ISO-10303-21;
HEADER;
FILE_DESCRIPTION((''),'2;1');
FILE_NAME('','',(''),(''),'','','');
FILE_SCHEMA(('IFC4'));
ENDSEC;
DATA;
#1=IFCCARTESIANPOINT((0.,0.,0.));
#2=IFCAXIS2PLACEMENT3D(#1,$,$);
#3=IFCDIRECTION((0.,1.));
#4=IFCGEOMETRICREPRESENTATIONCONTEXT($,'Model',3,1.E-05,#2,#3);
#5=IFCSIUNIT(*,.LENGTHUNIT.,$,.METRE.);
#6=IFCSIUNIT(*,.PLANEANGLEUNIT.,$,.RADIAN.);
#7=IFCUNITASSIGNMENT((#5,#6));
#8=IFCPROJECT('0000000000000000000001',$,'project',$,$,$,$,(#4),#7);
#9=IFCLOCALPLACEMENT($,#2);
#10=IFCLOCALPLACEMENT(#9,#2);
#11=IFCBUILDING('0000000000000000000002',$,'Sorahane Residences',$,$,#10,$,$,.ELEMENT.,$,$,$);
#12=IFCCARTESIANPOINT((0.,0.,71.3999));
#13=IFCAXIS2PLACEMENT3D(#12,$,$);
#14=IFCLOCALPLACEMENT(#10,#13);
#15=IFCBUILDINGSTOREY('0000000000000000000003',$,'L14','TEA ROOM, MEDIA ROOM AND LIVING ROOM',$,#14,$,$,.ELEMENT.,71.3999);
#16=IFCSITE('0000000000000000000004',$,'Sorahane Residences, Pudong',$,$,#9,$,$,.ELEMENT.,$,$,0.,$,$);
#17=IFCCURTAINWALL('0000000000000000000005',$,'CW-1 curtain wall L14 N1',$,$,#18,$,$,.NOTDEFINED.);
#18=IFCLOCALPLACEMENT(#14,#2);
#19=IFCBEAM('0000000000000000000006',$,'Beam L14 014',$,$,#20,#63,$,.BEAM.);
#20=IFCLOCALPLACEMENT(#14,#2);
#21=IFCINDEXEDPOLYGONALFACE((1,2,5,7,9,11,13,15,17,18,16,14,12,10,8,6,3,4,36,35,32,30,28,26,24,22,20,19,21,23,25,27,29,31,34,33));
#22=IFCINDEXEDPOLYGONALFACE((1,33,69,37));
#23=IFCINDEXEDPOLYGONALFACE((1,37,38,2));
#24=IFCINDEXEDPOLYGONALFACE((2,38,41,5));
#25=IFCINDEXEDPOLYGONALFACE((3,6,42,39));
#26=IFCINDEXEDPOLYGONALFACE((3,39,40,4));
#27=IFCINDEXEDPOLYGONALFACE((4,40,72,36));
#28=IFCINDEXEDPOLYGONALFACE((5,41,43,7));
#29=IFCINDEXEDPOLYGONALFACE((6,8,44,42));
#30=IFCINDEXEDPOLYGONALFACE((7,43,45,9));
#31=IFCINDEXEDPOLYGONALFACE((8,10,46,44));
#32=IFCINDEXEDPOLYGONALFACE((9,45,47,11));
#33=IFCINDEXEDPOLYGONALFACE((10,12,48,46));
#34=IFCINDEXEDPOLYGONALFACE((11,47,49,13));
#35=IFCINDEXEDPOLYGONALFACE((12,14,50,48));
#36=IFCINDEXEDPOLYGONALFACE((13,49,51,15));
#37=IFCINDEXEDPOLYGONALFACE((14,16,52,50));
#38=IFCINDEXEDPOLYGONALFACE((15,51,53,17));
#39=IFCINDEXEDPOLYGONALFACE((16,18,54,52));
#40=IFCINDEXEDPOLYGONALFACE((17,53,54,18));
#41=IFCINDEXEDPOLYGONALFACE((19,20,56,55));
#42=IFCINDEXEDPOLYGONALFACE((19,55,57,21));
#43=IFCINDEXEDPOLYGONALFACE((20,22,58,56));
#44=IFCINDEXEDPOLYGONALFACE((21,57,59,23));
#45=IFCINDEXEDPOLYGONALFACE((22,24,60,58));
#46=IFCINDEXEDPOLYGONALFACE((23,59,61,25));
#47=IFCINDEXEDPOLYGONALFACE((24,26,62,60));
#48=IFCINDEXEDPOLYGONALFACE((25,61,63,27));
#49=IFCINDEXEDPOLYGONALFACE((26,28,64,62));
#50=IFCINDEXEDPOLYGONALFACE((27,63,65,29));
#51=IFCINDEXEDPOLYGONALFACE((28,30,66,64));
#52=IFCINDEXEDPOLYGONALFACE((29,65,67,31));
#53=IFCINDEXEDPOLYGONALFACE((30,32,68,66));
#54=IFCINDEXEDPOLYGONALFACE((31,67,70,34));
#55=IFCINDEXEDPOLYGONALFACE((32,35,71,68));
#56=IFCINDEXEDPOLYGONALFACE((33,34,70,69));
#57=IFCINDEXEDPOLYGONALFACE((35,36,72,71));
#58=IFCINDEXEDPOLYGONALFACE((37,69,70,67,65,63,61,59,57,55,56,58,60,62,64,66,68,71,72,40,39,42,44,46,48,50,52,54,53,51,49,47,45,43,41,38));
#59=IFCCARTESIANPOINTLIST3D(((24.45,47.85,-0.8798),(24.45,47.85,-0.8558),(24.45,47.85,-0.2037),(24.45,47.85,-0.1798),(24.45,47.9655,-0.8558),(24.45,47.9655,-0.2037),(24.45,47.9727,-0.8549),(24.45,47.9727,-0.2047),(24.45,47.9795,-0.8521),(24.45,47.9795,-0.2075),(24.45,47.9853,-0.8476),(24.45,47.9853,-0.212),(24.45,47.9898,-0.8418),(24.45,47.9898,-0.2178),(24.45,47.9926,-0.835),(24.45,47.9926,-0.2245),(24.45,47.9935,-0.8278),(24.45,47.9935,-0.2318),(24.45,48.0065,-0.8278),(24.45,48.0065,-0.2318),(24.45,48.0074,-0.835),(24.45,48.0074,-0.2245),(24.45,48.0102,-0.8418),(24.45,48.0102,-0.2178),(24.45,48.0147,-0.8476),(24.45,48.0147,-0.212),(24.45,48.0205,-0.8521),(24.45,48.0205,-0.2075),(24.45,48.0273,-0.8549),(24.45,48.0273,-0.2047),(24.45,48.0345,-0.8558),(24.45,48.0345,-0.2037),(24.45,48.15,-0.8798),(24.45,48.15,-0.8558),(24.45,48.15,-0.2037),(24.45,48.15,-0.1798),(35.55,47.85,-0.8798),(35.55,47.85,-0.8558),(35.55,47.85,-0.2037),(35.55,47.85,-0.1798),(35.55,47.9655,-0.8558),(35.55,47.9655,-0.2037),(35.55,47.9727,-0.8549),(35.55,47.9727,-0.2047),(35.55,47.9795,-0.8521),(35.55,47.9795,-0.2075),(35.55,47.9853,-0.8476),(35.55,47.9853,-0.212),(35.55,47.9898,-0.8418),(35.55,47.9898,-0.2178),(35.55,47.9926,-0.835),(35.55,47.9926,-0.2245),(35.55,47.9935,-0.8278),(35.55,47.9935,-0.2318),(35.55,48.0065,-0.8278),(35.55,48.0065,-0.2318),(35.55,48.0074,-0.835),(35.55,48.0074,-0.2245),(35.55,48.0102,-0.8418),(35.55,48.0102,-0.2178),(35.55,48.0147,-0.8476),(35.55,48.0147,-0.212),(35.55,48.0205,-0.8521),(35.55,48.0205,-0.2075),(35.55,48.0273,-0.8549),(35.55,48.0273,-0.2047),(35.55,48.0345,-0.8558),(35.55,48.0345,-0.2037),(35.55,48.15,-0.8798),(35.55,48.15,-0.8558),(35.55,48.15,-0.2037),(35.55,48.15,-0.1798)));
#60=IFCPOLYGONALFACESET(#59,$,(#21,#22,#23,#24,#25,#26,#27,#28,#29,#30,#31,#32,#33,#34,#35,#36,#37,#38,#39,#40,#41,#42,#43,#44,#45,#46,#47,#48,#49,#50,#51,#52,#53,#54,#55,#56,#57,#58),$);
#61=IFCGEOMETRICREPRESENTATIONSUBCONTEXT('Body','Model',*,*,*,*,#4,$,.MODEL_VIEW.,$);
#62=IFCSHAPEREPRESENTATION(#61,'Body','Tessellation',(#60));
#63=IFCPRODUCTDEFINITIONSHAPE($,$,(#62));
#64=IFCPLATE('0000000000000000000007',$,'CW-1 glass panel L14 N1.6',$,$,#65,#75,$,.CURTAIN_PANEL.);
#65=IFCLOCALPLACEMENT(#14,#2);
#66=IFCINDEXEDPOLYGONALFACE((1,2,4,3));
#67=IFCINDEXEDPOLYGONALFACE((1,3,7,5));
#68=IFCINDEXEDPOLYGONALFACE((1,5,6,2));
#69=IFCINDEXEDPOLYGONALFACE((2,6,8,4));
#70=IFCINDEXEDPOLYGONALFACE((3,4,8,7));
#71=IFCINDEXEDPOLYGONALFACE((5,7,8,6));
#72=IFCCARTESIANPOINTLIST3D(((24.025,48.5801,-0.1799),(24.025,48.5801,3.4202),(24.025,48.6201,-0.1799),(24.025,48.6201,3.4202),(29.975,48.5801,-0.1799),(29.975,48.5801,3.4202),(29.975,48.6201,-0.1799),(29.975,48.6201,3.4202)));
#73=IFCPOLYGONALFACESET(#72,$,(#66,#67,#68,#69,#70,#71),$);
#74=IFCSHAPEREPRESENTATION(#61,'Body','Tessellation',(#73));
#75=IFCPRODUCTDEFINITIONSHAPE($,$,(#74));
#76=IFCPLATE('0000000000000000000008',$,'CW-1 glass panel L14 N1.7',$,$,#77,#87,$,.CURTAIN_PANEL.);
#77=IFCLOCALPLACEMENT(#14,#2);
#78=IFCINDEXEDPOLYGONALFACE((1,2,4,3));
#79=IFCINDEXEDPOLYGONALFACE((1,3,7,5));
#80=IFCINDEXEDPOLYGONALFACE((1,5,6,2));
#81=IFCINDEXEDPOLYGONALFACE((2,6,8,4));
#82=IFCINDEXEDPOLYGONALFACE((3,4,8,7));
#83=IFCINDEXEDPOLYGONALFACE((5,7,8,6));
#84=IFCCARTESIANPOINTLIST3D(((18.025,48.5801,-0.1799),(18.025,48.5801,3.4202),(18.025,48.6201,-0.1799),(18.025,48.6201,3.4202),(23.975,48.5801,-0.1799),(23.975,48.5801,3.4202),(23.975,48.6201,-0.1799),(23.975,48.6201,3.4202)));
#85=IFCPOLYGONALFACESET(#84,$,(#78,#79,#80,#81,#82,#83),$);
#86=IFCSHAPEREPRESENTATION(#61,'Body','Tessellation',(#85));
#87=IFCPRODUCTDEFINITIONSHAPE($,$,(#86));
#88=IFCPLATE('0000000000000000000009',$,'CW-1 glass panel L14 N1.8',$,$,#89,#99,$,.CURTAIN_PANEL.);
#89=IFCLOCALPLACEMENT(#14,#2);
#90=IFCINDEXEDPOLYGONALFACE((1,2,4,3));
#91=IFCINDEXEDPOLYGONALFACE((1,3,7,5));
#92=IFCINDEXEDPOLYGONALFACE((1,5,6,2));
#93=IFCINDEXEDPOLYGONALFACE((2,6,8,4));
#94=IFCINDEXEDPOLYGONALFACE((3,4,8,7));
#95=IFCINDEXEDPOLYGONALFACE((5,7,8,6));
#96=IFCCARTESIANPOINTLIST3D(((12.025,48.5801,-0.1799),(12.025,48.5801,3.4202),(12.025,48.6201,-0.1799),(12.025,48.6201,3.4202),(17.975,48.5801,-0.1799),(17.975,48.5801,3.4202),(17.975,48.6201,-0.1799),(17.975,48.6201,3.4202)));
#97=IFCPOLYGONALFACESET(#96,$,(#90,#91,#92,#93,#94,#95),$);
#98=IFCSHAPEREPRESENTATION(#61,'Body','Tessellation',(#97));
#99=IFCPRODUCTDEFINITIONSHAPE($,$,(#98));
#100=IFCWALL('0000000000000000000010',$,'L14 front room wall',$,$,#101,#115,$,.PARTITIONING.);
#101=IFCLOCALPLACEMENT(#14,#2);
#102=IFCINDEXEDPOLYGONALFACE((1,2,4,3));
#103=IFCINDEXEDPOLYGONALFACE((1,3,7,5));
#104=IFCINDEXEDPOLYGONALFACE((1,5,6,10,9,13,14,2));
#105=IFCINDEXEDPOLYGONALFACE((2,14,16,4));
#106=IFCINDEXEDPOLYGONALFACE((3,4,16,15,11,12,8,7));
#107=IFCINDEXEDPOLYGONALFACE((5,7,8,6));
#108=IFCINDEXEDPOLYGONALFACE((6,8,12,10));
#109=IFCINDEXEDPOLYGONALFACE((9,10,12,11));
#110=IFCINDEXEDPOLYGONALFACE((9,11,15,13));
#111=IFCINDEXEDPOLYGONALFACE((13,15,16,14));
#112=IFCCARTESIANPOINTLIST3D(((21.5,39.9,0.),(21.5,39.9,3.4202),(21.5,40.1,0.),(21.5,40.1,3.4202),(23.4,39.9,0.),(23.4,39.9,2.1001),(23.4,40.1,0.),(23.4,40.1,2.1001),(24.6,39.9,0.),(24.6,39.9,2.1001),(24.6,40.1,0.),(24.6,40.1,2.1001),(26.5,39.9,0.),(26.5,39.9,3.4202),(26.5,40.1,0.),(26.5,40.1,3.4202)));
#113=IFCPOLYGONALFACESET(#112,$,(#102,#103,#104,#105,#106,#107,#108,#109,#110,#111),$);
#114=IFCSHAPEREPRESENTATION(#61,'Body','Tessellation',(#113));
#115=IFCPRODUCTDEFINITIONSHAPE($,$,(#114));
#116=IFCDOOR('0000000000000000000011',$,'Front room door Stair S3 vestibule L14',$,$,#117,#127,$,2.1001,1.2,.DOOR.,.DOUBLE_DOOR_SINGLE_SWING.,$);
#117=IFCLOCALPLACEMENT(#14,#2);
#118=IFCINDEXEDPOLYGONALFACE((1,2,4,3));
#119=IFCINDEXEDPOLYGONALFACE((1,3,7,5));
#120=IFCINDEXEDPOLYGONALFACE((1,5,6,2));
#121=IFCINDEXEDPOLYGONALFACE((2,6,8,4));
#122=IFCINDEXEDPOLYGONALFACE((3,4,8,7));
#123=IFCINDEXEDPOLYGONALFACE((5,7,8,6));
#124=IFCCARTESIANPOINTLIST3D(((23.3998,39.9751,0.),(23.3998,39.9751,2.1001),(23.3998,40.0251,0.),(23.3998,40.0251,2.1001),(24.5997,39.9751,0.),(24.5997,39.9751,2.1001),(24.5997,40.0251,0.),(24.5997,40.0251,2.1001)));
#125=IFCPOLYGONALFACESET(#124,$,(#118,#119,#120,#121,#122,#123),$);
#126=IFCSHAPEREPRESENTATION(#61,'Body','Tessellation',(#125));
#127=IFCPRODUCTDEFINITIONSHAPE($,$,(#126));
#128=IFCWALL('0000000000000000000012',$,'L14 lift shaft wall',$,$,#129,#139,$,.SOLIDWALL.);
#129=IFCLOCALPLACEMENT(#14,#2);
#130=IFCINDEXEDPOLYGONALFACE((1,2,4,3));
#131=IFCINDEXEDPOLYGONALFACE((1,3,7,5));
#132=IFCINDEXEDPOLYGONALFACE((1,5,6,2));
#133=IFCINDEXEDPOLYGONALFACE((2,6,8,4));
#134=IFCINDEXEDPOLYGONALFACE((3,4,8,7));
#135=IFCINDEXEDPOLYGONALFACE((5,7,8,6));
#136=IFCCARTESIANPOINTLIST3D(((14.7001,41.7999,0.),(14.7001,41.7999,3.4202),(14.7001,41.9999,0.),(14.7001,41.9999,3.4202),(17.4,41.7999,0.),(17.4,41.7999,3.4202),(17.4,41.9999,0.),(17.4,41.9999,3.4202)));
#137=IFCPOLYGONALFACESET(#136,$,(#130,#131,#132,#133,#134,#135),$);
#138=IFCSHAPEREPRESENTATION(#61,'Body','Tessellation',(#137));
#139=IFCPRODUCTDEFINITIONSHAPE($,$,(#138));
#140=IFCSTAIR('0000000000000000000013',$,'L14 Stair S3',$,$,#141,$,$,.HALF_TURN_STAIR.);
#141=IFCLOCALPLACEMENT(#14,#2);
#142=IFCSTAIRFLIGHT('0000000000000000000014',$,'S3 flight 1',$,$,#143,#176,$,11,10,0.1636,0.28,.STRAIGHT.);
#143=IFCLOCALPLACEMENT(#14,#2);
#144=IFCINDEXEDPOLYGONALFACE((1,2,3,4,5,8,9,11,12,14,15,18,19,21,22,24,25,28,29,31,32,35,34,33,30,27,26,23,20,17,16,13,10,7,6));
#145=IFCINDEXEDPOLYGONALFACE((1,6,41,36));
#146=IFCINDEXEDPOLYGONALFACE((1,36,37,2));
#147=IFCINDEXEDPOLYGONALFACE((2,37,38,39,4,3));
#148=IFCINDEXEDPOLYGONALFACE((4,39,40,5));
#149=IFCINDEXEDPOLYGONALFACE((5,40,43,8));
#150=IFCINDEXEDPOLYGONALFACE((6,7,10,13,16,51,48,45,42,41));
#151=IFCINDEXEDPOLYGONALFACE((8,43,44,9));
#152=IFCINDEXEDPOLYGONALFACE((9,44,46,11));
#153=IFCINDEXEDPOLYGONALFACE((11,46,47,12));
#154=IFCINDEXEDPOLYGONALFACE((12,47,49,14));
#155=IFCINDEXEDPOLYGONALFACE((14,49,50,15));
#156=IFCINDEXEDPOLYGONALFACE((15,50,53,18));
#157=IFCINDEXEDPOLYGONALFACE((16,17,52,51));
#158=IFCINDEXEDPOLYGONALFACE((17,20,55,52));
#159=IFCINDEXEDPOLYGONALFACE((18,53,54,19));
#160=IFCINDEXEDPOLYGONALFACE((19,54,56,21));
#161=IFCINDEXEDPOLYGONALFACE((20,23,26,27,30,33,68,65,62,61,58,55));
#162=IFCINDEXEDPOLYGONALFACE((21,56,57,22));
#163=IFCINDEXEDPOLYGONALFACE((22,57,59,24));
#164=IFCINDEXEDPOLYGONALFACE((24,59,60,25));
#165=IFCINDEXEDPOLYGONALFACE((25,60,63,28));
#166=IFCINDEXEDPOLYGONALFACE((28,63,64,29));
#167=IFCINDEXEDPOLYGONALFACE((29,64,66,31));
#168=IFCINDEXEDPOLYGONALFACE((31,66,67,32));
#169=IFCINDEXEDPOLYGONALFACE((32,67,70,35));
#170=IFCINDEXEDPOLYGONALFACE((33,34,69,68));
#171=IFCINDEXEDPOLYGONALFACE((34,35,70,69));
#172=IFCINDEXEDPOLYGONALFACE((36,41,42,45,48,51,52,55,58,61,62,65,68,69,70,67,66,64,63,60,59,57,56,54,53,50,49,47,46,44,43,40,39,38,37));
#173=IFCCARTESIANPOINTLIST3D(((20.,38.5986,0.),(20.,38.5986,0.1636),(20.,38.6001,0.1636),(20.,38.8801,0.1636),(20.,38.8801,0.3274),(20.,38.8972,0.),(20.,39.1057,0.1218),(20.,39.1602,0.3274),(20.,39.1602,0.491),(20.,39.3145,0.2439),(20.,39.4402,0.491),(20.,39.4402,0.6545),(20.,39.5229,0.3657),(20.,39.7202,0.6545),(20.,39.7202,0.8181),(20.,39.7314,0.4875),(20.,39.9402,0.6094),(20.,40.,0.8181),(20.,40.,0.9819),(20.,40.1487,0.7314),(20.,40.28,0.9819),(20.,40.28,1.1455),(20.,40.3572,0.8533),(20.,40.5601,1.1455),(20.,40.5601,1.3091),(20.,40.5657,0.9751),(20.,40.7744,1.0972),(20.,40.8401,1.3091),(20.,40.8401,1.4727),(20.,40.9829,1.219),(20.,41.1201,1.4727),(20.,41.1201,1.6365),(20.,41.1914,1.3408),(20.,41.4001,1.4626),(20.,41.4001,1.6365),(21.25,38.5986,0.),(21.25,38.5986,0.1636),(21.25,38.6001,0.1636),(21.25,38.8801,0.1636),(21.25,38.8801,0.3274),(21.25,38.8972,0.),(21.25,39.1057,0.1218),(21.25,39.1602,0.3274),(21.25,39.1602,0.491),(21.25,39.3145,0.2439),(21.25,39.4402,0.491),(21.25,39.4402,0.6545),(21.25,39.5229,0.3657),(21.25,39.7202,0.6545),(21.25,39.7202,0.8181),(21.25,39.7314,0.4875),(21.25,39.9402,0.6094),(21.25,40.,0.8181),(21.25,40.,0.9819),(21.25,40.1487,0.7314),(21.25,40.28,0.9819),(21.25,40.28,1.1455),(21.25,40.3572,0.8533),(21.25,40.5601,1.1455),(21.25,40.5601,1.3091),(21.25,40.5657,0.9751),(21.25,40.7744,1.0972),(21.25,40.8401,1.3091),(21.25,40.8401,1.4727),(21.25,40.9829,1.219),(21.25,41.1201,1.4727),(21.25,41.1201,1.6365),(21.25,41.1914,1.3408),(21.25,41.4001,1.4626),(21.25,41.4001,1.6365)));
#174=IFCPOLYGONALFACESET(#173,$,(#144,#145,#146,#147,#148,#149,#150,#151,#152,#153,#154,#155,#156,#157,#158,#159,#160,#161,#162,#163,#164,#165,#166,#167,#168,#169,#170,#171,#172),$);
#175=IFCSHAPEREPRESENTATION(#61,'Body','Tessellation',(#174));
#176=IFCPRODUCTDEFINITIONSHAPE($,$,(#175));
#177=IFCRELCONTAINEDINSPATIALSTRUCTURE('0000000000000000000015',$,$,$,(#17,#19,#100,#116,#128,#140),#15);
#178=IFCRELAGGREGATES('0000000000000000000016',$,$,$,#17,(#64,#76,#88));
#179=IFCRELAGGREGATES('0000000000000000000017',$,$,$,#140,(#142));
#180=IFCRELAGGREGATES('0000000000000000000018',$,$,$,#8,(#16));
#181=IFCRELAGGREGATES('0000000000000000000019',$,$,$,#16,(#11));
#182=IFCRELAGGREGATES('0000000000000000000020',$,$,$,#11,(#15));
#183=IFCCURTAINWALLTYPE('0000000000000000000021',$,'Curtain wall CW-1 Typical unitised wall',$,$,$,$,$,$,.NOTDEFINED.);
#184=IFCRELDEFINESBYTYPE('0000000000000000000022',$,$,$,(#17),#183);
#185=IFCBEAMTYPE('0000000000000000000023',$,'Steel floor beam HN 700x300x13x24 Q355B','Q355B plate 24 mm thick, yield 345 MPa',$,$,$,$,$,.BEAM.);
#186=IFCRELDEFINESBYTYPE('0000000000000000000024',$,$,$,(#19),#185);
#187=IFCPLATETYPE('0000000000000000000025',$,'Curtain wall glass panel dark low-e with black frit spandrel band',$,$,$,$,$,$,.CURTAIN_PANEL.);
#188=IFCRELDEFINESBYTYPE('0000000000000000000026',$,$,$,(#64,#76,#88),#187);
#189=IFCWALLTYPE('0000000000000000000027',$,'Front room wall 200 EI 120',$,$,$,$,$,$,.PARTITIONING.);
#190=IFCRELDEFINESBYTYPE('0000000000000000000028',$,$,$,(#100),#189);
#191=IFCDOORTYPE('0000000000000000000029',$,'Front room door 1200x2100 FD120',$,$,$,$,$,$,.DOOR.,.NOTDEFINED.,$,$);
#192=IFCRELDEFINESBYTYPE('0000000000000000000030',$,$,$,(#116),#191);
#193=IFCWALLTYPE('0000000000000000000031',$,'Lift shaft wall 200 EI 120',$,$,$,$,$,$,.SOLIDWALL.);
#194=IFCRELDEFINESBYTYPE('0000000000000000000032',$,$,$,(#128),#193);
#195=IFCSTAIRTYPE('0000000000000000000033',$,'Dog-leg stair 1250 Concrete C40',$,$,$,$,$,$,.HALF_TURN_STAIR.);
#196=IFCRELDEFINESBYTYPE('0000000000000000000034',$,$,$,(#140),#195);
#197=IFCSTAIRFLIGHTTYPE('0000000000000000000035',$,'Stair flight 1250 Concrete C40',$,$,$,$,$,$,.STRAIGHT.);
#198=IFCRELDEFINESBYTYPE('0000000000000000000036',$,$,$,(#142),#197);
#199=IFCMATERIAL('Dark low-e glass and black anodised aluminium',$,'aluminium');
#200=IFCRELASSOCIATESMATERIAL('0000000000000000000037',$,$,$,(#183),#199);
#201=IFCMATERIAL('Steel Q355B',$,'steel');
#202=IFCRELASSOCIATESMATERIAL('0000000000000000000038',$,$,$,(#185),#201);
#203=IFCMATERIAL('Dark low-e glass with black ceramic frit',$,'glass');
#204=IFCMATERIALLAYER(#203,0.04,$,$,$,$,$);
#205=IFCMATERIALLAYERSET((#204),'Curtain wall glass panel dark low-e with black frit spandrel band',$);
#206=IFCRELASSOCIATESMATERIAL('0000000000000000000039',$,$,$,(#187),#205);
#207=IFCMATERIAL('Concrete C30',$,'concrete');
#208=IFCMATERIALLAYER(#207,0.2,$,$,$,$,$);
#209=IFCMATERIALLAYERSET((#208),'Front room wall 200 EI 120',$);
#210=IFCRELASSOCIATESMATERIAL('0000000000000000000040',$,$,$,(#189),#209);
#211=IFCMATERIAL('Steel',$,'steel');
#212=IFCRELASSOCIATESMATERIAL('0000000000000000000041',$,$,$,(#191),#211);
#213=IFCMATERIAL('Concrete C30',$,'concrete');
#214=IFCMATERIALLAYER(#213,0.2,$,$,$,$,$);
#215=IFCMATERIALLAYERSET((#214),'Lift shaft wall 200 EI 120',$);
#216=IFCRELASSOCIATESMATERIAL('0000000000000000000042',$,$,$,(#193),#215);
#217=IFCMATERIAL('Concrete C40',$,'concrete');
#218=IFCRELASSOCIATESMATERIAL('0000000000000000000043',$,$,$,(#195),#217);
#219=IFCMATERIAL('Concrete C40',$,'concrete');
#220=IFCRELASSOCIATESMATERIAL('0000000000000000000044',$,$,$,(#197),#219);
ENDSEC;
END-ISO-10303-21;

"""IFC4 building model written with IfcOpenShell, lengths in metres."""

from ifc_helpers import new_model, si_unit, direction, frame, frame_2d, origin, origin_2d, place, context, subcontext, project, spatial, polyline, rectangle, i_section, outline, extrude, material, layer, layer_set, material_profile, profile_set, type_object, element, fill, aggregate, save


model = new_model("IFC4")

# Units and contexts
model_context = context("Model", 3, precision=1e-05, world=origin(), true_north=direction((0.0, 1.0)))
body_context = subcontext(model_context, "Body", "Model", "MODEL_VIEW")
ifc_project = project(units=[si_unit("LENGTHUNIT", "METRE"), si_unit("PLANEANGLEUNIT", "RADIAN")], contexts=[model_context])

# Site, building, storey
site_placement = place(None, origin())
site = spatial("IfcSite", under=ifc_project, at=site_placement, Name="Sorahane Residences, Pudong", CompositionType="ELEMENT", RefElevation=0.0)
building_placement = place(site_placement, origin())
building = spatial("IfcBuilding", under=site, at=building_placement, Name="Sorahane Residences", CompositionType="ELEMENT")
storey_placement = place(building_placement, frame((0.0, 0.0, 71.3999)))
storey = spatial("IfcBuildingStorey", under=building, at=storey_placement, Name="L14", Description="TEA ROOM, MEDIA ROOM AND LIVING ROOM", CompositionType="ELEMENT", Elevation=71.3999)

# Curtain wall
ifc_material_1 = material(Name="Dark low-e glass and black anodised aluminium", Category="aluminium")
curtain_wall_type = type_object("IfcCurtainWallType", Name="Curtain wall CW-1 Typical unitised wall", PredefinedType="NOTDEFINED", material=ifc_material_1)
curtain_wall_placement = place(storey_placement, origin())
curtain_wall = element("IfcCurtainWall", 1, at=curtain_wall_placement, inside=storey, type_object=curtain_wall_type, Name="CW-1 curtain wall L14 N1", PredefinedType="NOTDEFINED")

# Beam
ifc_material_2 = material(Name="Steel Q355B", Category="steel")
ifc_material_profile_1 = material_profile(ifc_material_2, i_section(OverallWidth=0.3, OverallDepth=0.7, WebThickness=0.0129, FlangeThickness=0.0239, FilletRadius=0.0281, at=origin_2d()), Name="HN 700x300x13x24")
ifc_profile_set_1 = profile_set([ifc_material_profile_1], Name="Steel Q355B")
beam_type_1 = type_object("IfcBeamType", Name="Steel floor beam HN 700x300x13x24 Q355B", Description="Q355B plate 24 mm thick, yield 345 MPa", PredefinedType="BEAM", material=ifc_profile_set_1)
beam_1_placement = place(storey_placement, frame((24.45, 48.0, -0.5298), z_axis=(1.0, 0.0, 0.0), x_axis=(0.0, 1.0, 0.0)))
element("IfcBeam", 2, at=beam_1_placement, inside=storey, type_object=beam_type_1, Name="Beam L14 014", PredefinedType="BEAM", context=body_context, shape_type="SweptSolid", body=[
    extrude(i_section(OverallWidth=0.3, OverallDepth=0.7, WebThickness=0.0129, FlangeThickness=0.0239, FilletRadius=0.0281, at=origin_2d()), origin(), (0.0, 0.0, 1.0), 11.1001),
])

# Plates
ifc_material_3 = material(Name="Dark low-e glass with black ceramic frit", Category="glass")
ifc_layer_1 = layer(ifc_material_3, 0.04)
ifc_layer_set_1 = layer_set([ifc_layer_1], Name="Curtain wall glass panel dark low-e with black frit spandrel band")
plate_type = type_object("IfcPlateType", Name="Curtain wall glass panel dark low-e with black frit spandrel band", PredefinedType="CURTAIN_PANEL", material=ifc_layer_set_1)
plate_1_placement = place(storey_placement, frame((27.0, 48.6001, -0.1799), z_axis=(0.0, 0.0, 1.0), x_axis=(-1.0, 0.0, 0.0)))
plate_1 = element("IfcPlate", 3, at=plate_1_placement, type_object=plate_type, Name="CW-1 glass panel L14 N1.6", PredefinedType="CURTAIN_PANEL", context=body_context, shape_type="SweptSolid", body=[
    extrude(rectangle(XDim=5.95, YDim=0.04, at=origin_2d()), origin(), (0.0, 0.0, 1.0), 3.6001),
])
plate_2_placement = place(storey_placement, frame((21.0, 48.6001, -0.1799), z_axis=(0.0, 0.0, 1.0), x_axis=(-1.0, 0.0, 0.0)))
plate_2 = element("IfcPlate", 4, at=plate_2_placement, type_object=plate_type, Name="CW-1 glass panel L14 N1.7", PredefinedType="CURTAIN_PANEL", context=body_context, shape_type="SweptSolid", body=[
    extrude(rectangle(XDim=5.95, YDim=0.04, at=origin_2d()), origin(), (0.0, 0.0, 1.0), 3.6001),
])
plate_3_placement = place(storey_placement, frame((15.0, 48.6001, -0.1799), z_axis=(0.0, 0.0, 1.0), x_axis=(-1.0, 0.0, 0.0)))
plate_3 = element("IfcPlate", 5, at=plate_3_placement, type_object=plate_type, Name="CW-1 glass panel L14 N1.8", PredefinedType="CURTAIN_PANEL", context=body_context, shape_type="SweptSolid", body=[
    extrude(rectangle(XDim=5.95, YDim=0.04, at=origin_2d()), origin(), (0.0, 0.0, 1.0), 3.6001),
])
aggregate(curtain_wall, [plate_1, plate_2, plate_3])

# Wall, opening, door
ifc_material_4 = material(Name="Concrete C30", Category="concrete")
ifc_layer_2 = layer(ifc_material_4, 0.2)
ifc_layer_set_2 = layer_set([ifc_layer_2], Name="Front room wall 200 EI 120")
wall_type_1 = type_object("IfcWallType", Name="Front room wall 200 EI 120", PredefinedType="PARTITIONING", material=ifc_layer_set_2)
wall_1_placement = place(storey_placement, frame((21.5, 40.0, 0.0), z_axis=(0.0, 0.0, 1.0), x_axis=(1.0, 0.0, 0.0)))
wall_1 = element("IfcWall", 6, at=wall_1_placement, inside=storey, type_object=wall_type_1, Name="L14 front room wall", PredefinedType="PARTITIONING", context=body_context, shape_type="SweptSolid", body=[
    extrude(rectangle(XDim=5.0, YDim=0.2, at=frame_2d((2.5, 0.0))), origin(), (0.0, 0.0, 1.0), 3.4202),
])
opening_placement = place(wall_1_placement, frame((1.8999, 0.0, 0.0)))
opening = element("IfcOpeningElement", 7, at=opening_placement, cuts=wall_1, PredefinedType="OPENING", context=body_context, shape_type="SweptSolid", body=[
    extrude(rectangle(XDim=1.2, YDim=2.1001, at=frame_2d((0.6001, 1.05))), frame((0.0, 0.1099, 0.0), z_axis=(0.0, -1.0, 0.0), x_axis=(1.0, 0.0, 0.0)), (0.0, 0.0, 1.0), 0.22),
])
ifc_material_5 = material(Name="Steel", Category="steel")
door_type = type_object("IfcDoorType", Name="Front room door 1200x2100 FD120", OperationType="NOTDEFINED", PredefinedType="DOOR", material=ifc_material_5)
door_placement = place(opening_placement, frame((1.2, 0.0, 0.0), z_axis=(0.0, 0.0, 1.0), x_axis=(-1.0, 0.0, 0.0)))
door = element("IfcDoor", 8, at=door_placement, inside=storey, type_object=door_type, Name="Front room door Stair S3 vestibule L14", OperationType="DOUBLE_DOOR_SINGLE_SWING", OverallHeight=2.1001, OverallWidth=1.2, PredefinedType="DOOR", context=body_context, shape_type="SweptSolid", body=[
    extrude(rectangle(XDim=1.2, YDim=2.1001, at=frame_2d((0.6001, 1.05))), frame((0.0, 0.0249, 0.0), z_axis=(0.0, -1.0, 0.0), x_axis=(1.0, 0.0, 0.0)), (0.0, 0.0, 1.0), 0.05),
])
fill(opening, door)

# Wall
ifc_material_6 = material(Name="Concrete C30", Category="concrete")
ifc_layer_3 = layer(ifc_material_6, 0.2)
ifc_layer_set_3 = layer_set([ifc_layer_3], Name="Lift shaft wall 200 EI 120")
wall_type_2 = type_object("IfcWallType", Name="Lift shaft wall 200 EI 120", PredefinedType="SOLIDWALL", material=ifc_layer_set_3)
wall_2_placement = place(storey_placement, frame((14.7, 41.8999, 0.0), z_axis=(0.0, 0.0, 1.0), x_axis=(1.0, 0.0, 0.0)))
element("IfcWall", 9, at=wall_2_placement, inside=storey, type_object=wall_type_2, Name="L14 lift shaft wall", PredefinedType="SOLIDWALL", context=body_context, shape_type="SweptSolid", body=[
    extrude(rectangle(XDim=2.7, YDim=0.2, at=frame_2d((1.3501, 0.0))), origin(), (0.0, 0.0, 1.0), 3.4202),
])

# Stair, stair flight
ifc_material_7 = material(Name="Concrete C40", Category="concrete")
stair_type = type_object("IfcStairType", Name="Dog-leg stair 1250 Concrete C40", PredefinedType="HALF_TURN_STAIR", material=ifc_material_7)
stair_placement = place(storey_placement, origin())
stair = element("IfcStair", 10, at=stair_placement, inside=storey, type_object=stair_type, Name="L14 Stair S3", PredefinedType="HALF_TURN_STAIR")
ifc_material_8 = material(Name="Concrete C40", Category="concrete")
stair_flight_type = type_object("IfcStairFlightType", Name="Stair flight 1250 Concrete C40", PredefinedType="STRAIGHT", material=ifc_material_8)
stair_flight_1_placement = place(storey_placement, frame((20.625, 38.6001, 0.0), z_axis=(0.0, 0.0, 1.0), x_axis=(0.0, 1.0, 0.0)))
stair_flight_1 = element("IfcStairFlight", 11, at=stair_flight_1_placement, type_object=stair_flight_type, Name="S3 flight 1", NumberOfRisers=11, NumberOfTreads=10, PredefinedType="STRAIGHT", RiserHeight=0.1636, TreadLength=0.28, context=body_context, shape_type="SweptSolid", body=[
    extrude(outline(polyline([(-0.0015, 0.0), (-0.0015, 0.1636), (0.0, 0.1636), (0.28, 0.1636), (0.28, 0.3274), (0.5601, 0.3274), (0.5601, 0.491), (0.8401, 0.491), (0.8401, 0.6545), (1.1201, 0.6545), (1.1201, 0.8181), (1.3999, 0.8181), (1.3999, 0.9819), (1.6799, 0.9819), (1.6799, 1.1455), (1.96, 1.1455), (1.96, 1.3091), (2.24, 1.3091), (2.24, 1.4727), (2.52, 1.4727), (2.52, 1.6365), (2.8, 1.6365), (2.8, 1.8), (2.8, 1.4626), (2.5913, 1.3408), (2.3828, 1.219), (2.1743, 1.0972), (1.9656, 0.9751), (1.7571, 0.8533), (1.5486, 0.7314), (1.3401, 0.6094), (1.1313, 0.4875), (0.9229, 0.3657), (0.7144, 0.2439), (0.5056, 0.1218), (0.2971, 0.0), (-0.0015, 0.0)])), frame((0.0, 0.625, 0.0), z_axis=(0.0, -1.0, 0.0), x_axis=(1.0, 0.0, 0.0)), (0.0, 0.0, 1.0), 1.25),
])
aggregate(stair, [stair_flight_1])

save(model, "model.ifc")
